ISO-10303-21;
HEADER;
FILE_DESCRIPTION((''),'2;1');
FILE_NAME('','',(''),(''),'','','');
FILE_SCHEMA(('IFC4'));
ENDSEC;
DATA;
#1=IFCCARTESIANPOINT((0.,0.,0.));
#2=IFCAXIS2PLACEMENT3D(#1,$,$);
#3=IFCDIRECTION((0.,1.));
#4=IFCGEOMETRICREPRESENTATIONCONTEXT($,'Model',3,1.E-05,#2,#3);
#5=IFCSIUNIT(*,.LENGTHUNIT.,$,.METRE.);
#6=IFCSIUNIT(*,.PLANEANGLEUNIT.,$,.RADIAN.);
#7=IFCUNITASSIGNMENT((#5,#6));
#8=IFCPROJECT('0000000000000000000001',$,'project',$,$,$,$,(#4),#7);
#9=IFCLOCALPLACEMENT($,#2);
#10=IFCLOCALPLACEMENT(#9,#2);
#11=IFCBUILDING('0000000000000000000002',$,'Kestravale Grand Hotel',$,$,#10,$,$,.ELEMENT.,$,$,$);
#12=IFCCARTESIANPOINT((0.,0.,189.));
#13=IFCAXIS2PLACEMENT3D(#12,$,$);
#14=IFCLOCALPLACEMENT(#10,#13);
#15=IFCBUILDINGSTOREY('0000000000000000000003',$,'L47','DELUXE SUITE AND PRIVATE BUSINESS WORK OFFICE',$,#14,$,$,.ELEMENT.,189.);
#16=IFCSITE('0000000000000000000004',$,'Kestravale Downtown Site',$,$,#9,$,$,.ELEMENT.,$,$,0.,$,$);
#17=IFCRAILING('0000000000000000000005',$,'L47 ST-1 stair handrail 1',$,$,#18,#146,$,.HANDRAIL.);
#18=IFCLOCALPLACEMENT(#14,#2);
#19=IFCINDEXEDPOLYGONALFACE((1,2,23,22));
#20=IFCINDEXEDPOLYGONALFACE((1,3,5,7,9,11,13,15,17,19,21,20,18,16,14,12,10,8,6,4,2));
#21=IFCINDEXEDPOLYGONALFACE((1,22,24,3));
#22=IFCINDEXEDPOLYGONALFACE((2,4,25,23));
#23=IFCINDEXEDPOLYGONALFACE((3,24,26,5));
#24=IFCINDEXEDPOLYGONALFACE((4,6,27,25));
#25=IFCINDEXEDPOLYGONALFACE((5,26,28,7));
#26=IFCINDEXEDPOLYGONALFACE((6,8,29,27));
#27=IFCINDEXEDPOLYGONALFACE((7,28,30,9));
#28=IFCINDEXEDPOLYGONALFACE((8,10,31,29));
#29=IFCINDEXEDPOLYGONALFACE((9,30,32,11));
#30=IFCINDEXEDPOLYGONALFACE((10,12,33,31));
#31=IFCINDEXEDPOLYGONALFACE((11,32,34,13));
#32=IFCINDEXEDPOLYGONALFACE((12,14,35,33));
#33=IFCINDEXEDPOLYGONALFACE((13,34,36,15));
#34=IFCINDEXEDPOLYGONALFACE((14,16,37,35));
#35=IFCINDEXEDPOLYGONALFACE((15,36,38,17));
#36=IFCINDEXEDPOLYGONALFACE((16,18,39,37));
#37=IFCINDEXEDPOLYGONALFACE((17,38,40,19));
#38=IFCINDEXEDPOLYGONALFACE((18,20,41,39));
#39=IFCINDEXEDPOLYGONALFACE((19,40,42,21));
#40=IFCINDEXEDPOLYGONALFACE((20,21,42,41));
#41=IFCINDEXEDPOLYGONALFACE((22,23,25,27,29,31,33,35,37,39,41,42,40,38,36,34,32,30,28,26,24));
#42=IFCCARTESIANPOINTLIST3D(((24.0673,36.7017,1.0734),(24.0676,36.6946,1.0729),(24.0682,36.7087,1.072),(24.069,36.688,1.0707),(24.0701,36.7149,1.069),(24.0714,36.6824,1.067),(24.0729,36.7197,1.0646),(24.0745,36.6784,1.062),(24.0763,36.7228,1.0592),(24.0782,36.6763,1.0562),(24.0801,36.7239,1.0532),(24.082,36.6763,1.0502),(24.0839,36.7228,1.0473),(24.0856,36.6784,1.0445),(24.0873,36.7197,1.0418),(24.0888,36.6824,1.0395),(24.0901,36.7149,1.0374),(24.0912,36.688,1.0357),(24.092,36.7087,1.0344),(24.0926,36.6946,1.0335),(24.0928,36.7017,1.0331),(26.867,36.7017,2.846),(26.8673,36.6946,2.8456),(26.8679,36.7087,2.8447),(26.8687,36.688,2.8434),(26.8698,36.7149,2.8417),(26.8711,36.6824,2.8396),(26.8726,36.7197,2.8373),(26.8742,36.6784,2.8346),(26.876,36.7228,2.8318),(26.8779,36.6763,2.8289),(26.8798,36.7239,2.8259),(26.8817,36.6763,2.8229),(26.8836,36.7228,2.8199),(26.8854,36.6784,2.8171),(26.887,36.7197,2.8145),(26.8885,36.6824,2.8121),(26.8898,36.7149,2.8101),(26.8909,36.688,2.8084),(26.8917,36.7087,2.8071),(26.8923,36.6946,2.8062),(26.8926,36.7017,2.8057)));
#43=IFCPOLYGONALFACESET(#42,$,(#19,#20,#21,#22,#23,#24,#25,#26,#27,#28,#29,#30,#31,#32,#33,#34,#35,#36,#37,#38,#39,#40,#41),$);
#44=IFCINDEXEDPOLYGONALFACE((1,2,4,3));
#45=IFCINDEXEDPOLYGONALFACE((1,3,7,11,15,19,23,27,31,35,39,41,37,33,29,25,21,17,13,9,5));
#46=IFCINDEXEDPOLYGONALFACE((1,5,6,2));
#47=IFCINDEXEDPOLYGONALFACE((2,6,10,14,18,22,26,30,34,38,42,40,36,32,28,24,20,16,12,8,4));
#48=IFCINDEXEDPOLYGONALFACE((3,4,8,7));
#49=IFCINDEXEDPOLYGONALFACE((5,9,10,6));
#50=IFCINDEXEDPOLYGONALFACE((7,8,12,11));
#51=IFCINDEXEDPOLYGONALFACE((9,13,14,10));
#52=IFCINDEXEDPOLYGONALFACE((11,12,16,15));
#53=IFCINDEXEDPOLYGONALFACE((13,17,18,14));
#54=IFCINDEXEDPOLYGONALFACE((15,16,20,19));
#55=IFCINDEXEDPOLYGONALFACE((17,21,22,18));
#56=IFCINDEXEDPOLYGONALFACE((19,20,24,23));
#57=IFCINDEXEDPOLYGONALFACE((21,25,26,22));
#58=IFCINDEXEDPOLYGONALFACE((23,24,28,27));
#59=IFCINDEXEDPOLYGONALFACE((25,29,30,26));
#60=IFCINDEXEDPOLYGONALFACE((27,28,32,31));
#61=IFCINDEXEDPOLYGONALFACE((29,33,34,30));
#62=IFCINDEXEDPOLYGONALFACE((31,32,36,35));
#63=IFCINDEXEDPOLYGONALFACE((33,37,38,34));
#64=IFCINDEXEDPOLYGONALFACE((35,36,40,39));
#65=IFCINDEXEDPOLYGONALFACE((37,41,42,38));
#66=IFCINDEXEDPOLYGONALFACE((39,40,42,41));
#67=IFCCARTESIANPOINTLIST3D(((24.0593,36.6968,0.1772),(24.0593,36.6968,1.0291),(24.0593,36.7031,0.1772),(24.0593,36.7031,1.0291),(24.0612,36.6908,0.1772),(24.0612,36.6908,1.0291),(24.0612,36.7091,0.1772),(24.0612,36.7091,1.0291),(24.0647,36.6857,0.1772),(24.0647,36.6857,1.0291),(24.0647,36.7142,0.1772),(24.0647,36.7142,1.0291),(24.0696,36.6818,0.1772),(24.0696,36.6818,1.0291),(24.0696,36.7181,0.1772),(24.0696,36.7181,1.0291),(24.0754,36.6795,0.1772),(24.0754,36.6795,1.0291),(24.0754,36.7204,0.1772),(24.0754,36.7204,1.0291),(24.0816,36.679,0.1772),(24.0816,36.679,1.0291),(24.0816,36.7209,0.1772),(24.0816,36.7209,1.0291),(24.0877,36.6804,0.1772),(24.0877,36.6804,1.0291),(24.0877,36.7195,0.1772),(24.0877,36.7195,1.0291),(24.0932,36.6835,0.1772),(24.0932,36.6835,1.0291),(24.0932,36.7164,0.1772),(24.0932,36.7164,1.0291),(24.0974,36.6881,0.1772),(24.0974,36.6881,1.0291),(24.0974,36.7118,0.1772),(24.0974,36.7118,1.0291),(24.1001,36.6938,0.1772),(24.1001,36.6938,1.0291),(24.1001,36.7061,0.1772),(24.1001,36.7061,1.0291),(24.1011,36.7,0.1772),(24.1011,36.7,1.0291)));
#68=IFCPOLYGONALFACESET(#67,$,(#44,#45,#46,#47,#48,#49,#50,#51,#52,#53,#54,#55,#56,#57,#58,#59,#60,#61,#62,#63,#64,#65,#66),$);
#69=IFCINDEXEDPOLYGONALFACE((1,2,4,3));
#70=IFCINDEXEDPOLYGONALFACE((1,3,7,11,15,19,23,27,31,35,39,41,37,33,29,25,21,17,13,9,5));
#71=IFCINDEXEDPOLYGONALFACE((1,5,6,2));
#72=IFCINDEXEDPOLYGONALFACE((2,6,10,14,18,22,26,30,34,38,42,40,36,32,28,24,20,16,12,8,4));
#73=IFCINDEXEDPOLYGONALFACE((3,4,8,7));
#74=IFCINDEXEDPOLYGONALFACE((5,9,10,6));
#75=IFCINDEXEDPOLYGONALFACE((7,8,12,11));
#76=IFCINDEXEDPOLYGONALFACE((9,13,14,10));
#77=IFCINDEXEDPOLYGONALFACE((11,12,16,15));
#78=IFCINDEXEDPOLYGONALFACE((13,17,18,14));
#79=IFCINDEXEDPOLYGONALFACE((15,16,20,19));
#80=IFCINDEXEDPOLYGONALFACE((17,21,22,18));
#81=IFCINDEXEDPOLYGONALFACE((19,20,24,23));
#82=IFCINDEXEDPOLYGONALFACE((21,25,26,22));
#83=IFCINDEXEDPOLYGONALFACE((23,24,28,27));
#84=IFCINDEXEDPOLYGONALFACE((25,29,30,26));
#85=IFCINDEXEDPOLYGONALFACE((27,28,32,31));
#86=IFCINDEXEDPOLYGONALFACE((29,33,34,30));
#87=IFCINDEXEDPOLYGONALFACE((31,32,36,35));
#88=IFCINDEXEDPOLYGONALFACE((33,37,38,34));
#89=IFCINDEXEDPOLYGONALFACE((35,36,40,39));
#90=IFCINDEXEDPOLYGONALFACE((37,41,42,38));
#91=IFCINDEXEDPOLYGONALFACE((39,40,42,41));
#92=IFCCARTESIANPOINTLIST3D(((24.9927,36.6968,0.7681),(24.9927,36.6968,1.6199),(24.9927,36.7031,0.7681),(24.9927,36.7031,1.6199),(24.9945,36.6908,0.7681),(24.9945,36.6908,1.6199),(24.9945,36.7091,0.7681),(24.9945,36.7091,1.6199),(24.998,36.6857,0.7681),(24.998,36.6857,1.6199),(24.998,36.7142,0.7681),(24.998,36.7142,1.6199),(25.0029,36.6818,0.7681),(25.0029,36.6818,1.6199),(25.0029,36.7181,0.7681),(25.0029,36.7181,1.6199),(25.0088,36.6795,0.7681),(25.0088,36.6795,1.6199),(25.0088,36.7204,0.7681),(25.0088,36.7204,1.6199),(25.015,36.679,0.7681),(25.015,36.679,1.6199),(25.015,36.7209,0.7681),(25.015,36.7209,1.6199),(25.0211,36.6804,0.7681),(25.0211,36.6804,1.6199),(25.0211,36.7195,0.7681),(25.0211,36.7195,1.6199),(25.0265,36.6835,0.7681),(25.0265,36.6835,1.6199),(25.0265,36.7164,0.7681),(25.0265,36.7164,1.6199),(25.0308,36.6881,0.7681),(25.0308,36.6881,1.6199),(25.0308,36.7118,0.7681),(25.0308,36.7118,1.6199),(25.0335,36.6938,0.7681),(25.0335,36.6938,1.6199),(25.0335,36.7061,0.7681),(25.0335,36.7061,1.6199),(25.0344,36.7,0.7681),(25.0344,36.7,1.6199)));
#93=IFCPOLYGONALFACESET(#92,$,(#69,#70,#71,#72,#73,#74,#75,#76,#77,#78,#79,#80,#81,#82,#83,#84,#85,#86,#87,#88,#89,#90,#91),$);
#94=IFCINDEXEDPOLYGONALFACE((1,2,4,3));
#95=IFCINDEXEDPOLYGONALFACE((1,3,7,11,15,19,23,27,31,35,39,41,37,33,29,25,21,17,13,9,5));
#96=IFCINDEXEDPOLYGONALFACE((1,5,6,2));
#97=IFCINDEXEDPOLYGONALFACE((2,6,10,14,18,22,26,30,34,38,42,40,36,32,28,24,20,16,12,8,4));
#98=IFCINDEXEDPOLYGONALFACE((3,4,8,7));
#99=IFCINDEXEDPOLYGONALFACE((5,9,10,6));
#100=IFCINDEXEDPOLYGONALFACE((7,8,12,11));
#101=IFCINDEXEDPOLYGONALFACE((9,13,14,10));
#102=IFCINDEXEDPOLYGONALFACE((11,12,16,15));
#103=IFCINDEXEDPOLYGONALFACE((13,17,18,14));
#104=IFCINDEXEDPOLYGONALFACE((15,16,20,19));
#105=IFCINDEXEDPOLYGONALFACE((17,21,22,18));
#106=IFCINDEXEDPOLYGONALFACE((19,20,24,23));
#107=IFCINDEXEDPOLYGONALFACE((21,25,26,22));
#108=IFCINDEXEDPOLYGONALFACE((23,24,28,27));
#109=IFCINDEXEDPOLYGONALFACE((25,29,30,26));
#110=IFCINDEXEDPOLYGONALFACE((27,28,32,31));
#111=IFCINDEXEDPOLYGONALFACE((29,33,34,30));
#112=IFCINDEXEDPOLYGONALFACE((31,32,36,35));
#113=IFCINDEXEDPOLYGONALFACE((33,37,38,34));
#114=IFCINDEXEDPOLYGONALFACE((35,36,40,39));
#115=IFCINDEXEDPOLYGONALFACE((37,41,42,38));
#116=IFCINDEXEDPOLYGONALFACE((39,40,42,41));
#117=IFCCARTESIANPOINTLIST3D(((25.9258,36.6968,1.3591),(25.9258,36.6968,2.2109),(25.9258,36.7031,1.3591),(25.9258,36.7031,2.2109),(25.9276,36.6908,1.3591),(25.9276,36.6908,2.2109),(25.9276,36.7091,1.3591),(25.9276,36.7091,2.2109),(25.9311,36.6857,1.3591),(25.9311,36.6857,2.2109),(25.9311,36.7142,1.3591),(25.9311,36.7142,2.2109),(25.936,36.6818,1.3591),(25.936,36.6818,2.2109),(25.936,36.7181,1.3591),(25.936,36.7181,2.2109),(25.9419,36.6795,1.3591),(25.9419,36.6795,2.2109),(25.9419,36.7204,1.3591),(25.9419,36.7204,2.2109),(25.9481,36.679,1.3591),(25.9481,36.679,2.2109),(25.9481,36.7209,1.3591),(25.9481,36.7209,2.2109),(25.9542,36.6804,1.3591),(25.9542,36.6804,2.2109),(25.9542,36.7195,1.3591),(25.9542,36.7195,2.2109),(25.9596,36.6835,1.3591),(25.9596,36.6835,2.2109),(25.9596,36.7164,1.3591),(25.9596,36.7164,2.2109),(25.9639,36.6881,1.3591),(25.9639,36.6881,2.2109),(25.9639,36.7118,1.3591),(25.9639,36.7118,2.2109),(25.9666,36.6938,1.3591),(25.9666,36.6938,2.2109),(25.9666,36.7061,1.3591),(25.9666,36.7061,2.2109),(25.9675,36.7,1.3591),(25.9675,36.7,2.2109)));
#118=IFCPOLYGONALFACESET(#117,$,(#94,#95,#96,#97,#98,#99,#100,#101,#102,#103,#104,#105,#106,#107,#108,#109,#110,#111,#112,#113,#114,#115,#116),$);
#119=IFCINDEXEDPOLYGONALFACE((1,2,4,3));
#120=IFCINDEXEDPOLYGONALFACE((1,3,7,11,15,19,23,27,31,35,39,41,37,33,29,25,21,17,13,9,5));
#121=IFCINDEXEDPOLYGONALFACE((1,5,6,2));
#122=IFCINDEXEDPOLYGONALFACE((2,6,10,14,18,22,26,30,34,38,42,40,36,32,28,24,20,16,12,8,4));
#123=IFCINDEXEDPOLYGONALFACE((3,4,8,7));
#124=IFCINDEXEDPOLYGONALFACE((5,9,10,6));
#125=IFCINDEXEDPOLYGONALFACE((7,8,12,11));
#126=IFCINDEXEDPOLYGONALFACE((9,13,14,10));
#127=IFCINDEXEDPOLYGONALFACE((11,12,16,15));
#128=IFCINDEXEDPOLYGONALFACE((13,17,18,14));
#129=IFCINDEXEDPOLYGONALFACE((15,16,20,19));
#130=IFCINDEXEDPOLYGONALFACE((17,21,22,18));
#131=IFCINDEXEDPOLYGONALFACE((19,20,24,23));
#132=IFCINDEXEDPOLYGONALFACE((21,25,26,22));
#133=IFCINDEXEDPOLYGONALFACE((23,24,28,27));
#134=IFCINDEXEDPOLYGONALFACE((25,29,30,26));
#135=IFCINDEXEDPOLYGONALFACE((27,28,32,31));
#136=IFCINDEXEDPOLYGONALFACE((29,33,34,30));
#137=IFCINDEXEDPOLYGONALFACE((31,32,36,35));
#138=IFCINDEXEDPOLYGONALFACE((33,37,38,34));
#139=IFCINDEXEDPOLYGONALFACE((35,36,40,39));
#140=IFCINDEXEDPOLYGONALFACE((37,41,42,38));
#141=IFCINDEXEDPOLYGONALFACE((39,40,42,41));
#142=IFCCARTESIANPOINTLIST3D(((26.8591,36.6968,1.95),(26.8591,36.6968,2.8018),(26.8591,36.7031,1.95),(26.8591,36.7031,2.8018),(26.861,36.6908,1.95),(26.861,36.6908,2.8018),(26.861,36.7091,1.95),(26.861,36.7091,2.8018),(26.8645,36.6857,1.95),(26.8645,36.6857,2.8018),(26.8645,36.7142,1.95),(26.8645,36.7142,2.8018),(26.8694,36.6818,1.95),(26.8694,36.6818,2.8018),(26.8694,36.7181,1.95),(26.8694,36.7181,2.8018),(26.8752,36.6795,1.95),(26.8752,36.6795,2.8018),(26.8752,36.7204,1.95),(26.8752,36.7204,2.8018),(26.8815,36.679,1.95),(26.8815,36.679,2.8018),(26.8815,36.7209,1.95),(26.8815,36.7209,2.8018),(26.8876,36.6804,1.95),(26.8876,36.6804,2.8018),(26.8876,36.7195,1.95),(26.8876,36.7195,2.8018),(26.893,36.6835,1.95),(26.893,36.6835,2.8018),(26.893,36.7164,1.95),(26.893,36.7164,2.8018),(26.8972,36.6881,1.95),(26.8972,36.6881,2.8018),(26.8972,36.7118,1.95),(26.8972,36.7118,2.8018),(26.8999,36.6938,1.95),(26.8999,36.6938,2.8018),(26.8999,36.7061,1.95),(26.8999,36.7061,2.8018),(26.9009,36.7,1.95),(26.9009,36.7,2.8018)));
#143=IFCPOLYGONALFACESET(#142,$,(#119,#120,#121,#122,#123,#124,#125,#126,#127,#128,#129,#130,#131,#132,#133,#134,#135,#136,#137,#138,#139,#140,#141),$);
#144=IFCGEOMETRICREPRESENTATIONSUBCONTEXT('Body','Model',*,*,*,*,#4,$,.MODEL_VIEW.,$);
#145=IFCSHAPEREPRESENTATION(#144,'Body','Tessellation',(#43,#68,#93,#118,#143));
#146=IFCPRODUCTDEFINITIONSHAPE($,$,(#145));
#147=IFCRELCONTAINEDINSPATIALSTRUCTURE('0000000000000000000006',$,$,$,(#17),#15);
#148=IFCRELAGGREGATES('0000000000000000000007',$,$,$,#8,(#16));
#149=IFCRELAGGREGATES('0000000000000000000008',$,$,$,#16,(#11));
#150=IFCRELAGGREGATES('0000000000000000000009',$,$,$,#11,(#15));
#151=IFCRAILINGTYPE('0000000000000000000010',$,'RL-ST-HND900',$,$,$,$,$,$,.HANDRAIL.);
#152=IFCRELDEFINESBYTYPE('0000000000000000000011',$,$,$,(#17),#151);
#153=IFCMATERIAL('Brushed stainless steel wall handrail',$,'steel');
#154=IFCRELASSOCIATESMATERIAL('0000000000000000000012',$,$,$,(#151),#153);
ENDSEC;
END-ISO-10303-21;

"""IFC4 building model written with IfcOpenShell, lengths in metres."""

from ifc_helpers import new_model, si_unit, direction, frame, origin, origin_2d, place, context, subcontext, project, spatial, circle, extrude, material, type_object, element, save


model = new_model("IFC4")

# Units and contexts
model_context = context("Model", 3, precision=1e-05, world=origin(), true_north=direction((0.0, 1.0)))
body_context = subcontext(model_context, "Body", "Model", "MODEL_VIEW")
ifc_project = project(units=[si_unit("LENGTHUNIT", "METRE"), si_unit("PLANEANGLEUNIT", "RADIAN")], contexts=[model_context])

# Site, building, storey
site_placement = place(None, origin())
site = spatial("IfcSite", under=ifc_project, at=site_placement, Name="Kestravale Downtown Site", CompositionType="ELEMENT", RefElevation=0.0)
building_placement = place(site_placement, origin())
building = spatial("IfcBuilding", under=site, at=building_placement, Name="Kestravale Grand Hotel", CompositionType="ELEMENT")
storey_placement = place(building_placement, frame((0.0, 0.0, 189.0)))
storey = spatial("IfcBuildingStorey", under=building, at=storey_placement, Name="L47", Description="DELUXE SUITE AND PRIVATE BUSINESS WORK OFFICE", CompositionType="ELEMENT", Elevation=189.0)

# Railing
ifc_material_1 = material(Name="Brushed stainless steel wall handrail", Category="steel")
railing_type_1 = type_object("IfcRailingType", Name="RL-ST-HND900", PredefinedType="HANDRAIL", material=ifc_material_1)
railing_1_placement = place(storey_placement, frame((24.0801, 36.7, 0.1772)))
element("IfcRailing", 1, at=railing_1_placement, inside=storey, type_object=railing_type_1, Name="L47 ST-1 stair handrail 1", PredefinedType="HANDRAIL", context=body_context, shape_type="SweptSolid", body=[
    extrude(circle(Radius=0.0239, at=origin_2d()), frame((0.0, 0.0, 0.876), z_axis=(0.844888, 0.0, 0.534943), x_axis=(0.0, 1.0, 0.0)), (0.0, 0.0, 1.0), 3.3137),
    extrude(circle(Radius=0.021, at=origin_2d()), origin(), (0.0, 0.0, 1.0), 0.8518),
    extrude(circle(Radius=0.021, at=origin_2d()), frame((0.9333, 0.0, 0.5908)), (0.0, 0.0, 1.0), 0.8518),
    extrude(circle(Radius=0.021, at=origin_2d()), frame((1.8665, 0.0, 1.1819)), (0.0, 0.0, 1.0), 0.8518),
    extrude(circle(Radius=0.021, at=origin_2d()), frame((2.7998, 0.0, 1.7727)), (0.0, 0.0, 1.0), 0.8518),
])

save(model, "model.ifc")
